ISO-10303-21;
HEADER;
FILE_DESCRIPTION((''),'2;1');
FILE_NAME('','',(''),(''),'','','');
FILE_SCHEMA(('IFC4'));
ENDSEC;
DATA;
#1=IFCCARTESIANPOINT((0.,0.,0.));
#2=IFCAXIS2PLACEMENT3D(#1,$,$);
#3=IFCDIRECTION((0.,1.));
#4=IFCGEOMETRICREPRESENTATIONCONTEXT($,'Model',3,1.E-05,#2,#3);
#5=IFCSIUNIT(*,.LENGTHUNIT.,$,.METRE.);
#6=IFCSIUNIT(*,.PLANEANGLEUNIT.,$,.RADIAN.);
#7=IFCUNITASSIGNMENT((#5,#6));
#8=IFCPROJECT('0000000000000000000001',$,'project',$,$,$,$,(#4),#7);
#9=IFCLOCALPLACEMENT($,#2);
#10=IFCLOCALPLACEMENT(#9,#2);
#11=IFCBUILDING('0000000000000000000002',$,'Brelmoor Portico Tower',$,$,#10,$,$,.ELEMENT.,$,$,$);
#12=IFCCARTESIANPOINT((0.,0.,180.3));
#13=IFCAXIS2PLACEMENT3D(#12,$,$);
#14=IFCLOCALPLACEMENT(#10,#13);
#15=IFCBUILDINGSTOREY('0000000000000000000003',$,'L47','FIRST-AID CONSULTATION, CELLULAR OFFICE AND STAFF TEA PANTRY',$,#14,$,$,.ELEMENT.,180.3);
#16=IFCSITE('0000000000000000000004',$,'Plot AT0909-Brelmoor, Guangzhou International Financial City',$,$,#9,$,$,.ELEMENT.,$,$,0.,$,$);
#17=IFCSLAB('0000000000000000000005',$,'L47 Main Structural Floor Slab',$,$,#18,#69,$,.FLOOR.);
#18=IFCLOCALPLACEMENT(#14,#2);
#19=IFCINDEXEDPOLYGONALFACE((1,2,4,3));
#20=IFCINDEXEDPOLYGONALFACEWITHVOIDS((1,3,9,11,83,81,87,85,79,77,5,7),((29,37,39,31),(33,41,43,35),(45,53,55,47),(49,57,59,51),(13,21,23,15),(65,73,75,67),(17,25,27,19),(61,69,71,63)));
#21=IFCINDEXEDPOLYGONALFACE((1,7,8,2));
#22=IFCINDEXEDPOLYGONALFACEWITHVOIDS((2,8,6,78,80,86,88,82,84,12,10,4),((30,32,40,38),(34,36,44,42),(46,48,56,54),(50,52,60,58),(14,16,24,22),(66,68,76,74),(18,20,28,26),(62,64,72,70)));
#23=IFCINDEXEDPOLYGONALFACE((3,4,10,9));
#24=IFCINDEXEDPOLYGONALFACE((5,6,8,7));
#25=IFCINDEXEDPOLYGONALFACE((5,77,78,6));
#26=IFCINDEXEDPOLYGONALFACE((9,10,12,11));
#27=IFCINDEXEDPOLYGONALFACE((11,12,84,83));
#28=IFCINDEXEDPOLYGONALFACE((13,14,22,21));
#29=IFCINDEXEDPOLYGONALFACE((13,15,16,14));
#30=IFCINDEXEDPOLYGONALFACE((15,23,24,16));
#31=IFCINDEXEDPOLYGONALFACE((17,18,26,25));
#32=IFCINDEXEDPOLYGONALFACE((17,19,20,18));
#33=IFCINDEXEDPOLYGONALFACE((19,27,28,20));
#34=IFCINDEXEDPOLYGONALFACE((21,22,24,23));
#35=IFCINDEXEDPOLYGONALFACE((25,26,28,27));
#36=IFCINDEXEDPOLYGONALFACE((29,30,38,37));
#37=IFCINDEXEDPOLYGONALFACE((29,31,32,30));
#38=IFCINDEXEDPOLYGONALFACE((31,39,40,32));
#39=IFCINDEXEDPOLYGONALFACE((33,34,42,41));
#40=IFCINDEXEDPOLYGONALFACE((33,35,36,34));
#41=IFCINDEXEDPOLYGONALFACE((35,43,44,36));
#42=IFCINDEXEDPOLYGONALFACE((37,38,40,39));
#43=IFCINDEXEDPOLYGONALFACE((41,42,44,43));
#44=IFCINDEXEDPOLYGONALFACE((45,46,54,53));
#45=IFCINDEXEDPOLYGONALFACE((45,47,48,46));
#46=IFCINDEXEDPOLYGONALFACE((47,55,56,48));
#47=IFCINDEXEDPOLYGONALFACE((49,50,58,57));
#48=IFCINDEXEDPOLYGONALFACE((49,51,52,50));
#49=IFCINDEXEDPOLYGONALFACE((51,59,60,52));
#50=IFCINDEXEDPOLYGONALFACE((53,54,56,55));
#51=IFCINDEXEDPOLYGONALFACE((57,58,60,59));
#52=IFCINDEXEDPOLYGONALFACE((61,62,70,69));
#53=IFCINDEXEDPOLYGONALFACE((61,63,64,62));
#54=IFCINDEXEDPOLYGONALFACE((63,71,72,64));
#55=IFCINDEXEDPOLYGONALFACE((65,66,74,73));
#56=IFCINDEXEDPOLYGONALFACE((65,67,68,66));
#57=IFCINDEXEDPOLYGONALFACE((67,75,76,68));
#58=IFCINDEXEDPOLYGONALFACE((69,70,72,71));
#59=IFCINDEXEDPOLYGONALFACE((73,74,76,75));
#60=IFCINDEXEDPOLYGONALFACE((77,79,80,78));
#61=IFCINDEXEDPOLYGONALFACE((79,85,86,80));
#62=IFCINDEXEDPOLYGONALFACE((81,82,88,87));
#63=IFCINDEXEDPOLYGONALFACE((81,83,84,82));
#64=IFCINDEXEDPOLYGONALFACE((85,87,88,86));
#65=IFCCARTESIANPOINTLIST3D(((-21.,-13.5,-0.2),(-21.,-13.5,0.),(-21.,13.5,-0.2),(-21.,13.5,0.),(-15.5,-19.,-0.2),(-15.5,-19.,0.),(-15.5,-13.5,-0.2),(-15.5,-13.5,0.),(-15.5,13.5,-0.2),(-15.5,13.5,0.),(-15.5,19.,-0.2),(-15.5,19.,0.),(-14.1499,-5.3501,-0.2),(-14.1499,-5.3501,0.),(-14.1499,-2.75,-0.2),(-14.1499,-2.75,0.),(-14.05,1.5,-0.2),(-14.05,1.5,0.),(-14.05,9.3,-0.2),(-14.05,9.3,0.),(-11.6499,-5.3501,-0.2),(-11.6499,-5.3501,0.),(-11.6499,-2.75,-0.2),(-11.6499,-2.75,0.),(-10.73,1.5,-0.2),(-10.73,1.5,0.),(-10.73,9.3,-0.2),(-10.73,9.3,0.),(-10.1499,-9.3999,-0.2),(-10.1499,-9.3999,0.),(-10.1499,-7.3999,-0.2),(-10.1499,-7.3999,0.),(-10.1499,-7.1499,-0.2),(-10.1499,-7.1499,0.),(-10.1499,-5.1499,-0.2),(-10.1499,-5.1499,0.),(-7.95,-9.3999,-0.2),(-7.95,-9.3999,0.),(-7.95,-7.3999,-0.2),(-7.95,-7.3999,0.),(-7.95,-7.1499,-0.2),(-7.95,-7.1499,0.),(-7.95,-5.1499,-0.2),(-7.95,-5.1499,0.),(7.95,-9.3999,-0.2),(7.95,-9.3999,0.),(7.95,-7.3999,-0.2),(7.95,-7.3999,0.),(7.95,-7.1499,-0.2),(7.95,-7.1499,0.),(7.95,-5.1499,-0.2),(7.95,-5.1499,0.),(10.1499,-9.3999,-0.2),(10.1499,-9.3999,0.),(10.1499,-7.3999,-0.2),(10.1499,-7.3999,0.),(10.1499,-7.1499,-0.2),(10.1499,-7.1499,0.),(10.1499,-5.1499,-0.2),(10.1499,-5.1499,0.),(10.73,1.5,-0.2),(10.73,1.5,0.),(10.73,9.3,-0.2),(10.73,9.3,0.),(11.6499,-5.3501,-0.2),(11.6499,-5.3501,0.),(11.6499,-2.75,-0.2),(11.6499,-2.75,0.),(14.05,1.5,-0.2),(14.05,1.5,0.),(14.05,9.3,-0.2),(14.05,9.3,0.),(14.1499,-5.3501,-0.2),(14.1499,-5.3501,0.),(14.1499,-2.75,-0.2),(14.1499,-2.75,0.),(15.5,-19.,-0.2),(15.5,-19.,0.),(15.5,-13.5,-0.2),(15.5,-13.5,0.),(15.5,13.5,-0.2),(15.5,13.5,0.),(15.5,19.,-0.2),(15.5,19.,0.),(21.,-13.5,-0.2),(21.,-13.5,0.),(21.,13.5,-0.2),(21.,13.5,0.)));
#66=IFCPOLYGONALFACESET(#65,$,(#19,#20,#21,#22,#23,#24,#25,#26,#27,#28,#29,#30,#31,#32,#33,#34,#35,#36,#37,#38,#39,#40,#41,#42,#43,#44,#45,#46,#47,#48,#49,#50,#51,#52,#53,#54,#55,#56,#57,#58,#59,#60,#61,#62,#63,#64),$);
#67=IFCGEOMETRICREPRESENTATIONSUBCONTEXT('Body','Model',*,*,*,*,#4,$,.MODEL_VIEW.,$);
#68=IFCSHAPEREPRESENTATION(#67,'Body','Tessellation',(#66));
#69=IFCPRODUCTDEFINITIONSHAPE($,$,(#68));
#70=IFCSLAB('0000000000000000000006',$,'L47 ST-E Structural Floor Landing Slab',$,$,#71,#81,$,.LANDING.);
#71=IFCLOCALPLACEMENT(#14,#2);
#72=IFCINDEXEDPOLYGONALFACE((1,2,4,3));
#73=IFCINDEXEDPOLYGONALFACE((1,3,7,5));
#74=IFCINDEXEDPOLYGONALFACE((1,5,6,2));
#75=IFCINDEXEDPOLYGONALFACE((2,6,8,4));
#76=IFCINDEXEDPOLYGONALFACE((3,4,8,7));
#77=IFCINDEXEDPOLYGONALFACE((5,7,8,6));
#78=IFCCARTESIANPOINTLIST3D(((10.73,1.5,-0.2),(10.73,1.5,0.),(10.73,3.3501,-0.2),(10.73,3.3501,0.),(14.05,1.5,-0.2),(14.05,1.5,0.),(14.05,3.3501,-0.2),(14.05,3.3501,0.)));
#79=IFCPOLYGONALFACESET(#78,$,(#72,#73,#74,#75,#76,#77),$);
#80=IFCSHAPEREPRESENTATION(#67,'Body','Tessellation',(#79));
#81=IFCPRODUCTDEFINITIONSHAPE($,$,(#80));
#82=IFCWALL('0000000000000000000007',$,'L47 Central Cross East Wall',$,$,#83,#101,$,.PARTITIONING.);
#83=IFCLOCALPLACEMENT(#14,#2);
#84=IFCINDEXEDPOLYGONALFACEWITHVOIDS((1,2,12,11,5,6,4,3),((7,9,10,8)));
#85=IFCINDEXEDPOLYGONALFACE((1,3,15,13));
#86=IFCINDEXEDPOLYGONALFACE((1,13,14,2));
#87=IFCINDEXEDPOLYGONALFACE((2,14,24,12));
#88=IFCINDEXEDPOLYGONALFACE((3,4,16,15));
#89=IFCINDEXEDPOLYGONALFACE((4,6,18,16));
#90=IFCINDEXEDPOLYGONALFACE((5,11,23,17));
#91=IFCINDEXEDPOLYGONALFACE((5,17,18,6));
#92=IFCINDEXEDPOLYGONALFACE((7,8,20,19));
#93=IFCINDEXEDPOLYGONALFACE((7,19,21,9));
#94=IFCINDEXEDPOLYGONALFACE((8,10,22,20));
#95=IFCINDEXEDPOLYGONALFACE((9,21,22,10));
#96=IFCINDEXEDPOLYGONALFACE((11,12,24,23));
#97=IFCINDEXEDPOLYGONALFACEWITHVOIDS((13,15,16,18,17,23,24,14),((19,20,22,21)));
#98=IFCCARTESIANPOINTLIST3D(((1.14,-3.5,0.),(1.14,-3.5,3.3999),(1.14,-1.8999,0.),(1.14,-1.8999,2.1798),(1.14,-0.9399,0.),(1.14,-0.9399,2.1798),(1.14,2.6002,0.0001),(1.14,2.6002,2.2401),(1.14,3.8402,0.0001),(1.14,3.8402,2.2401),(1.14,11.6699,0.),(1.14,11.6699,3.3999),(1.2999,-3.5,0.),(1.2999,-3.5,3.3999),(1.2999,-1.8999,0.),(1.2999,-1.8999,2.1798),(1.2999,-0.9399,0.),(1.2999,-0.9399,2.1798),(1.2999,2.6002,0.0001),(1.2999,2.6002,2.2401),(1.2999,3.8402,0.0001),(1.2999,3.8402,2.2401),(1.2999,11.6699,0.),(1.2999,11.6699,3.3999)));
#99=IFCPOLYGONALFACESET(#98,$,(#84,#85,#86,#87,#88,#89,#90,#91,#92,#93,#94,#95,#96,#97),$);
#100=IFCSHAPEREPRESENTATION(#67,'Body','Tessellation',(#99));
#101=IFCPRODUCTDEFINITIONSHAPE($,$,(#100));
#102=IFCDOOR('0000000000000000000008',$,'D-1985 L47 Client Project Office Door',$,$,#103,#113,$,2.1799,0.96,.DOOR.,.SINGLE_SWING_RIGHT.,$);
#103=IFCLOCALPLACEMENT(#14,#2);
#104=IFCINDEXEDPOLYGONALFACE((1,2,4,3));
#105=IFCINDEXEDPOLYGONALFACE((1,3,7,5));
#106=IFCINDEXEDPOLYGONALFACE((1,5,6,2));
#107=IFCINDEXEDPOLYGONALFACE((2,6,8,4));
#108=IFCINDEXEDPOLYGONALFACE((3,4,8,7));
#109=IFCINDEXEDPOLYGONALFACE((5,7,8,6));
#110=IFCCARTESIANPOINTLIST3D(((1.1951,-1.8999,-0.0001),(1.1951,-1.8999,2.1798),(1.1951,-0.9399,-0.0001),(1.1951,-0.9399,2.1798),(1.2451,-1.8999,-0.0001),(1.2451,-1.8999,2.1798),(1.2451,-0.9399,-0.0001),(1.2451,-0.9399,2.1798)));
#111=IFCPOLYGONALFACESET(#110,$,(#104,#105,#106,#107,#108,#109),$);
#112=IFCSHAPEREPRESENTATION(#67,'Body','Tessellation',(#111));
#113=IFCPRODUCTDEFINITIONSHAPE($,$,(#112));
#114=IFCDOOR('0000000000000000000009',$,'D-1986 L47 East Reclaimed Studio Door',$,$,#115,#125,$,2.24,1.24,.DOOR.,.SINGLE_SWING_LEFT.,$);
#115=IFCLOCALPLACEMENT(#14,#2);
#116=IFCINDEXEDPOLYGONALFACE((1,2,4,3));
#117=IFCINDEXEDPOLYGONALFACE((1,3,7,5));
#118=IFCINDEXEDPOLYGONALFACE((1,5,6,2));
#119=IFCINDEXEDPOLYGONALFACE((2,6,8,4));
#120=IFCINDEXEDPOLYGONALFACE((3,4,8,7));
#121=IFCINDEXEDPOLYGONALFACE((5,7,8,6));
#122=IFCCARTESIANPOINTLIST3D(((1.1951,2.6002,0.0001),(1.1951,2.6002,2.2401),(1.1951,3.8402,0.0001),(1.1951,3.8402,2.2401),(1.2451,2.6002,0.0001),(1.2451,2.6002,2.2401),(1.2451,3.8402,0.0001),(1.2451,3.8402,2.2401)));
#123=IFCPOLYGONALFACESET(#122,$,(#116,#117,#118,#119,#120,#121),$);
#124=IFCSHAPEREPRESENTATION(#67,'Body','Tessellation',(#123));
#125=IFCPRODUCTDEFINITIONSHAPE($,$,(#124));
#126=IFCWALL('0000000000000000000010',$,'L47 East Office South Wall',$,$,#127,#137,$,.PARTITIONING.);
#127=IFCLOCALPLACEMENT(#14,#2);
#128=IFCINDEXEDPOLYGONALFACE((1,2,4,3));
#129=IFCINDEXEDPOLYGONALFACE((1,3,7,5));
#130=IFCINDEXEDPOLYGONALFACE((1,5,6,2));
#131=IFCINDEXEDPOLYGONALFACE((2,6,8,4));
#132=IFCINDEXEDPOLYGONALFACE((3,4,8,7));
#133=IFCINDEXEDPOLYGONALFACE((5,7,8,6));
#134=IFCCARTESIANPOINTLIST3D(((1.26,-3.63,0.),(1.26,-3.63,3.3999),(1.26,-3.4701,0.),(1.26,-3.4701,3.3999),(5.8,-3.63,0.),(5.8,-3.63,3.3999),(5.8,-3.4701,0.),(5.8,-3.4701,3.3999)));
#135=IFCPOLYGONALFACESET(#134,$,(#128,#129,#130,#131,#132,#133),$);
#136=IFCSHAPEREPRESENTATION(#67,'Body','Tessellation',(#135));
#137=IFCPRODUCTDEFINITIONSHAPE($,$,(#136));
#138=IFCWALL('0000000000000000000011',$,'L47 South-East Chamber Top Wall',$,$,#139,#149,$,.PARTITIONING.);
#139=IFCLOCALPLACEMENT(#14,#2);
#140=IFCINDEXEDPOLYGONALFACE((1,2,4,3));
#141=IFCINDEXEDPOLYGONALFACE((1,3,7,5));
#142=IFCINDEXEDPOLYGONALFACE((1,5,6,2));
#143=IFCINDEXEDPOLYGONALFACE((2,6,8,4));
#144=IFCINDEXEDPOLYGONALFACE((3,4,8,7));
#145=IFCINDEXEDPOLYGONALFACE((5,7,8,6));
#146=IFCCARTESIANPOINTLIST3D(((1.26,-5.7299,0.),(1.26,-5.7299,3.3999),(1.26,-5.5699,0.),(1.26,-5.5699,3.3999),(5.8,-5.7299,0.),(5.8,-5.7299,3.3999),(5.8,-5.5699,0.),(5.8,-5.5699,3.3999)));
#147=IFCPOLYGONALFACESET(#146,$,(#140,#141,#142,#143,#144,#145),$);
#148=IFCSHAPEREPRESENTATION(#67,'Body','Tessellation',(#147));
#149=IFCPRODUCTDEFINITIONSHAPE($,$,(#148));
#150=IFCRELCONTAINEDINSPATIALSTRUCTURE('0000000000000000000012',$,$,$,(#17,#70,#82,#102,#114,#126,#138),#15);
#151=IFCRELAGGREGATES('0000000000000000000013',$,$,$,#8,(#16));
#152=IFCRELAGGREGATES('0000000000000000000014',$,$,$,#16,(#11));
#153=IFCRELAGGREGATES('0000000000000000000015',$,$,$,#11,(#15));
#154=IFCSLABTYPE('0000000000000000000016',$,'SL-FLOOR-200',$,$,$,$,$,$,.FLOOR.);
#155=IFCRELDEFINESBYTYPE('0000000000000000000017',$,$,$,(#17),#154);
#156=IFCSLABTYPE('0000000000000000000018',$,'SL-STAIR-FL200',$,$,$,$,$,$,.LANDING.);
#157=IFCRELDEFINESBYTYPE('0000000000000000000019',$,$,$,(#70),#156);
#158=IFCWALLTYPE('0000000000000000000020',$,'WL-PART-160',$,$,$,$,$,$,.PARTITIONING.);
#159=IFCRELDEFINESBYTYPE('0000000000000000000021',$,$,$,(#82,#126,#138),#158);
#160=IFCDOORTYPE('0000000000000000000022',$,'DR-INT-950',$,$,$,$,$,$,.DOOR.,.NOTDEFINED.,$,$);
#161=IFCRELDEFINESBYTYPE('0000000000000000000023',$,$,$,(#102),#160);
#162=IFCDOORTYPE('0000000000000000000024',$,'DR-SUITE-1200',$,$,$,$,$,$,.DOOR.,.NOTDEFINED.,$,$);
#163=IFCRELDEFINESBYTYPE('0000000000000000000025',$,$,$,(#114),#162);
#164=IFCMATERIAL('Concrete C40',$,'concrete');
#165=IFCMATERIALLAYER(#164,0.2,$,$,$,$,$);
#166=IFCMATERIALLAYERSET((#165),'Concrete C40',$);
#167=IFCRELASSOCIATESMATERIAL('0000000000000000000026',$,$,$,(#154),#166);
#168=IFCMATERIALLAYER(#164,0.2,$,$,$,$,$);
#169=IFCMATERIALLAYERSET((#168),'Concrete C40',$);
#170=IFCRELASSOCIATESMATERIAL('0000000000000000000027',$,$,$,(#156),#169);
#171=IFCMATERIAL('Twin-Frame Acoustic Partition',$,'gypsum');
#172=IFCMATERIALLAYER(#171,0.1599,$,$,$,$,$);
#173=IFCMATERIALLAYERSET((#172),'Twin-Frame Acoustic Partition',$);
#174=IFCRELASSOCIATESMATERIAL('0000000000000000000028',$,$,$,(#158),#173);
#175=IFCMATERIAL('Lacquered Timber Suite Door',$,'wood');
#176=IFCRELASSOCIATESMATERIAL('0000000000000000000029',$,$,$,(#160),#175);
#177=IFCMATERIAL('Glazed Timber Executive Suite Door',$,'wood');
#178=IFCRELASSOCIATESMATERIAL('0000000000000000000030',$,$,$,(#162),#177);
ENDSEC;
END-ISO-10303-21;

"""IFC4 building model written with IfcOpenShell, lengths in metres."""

from ifc_helpers import new_model, si_unit, direction, frame, frame_2d, origin, place, context, subcontext, project, spatial, polyline, rectangle, outline, extrude, material, layer, layer_set, type_object, element, fill, save


model = new_model("IFC4")

# Units and contexts
model_context = context("Model", 3, precision=1e-05, world=origin(), true_north=direction((0.0, 1.0)))
body_context = subcontext(model_context, "Body", "Model", "MODEL_VIEW")
ifc_project = project(units=[si_unit("LENGTHUNIT", "METRE"), si_unit("PLANEANGLEUNIT", "RADIAN")], contexts=[model_context])

# Site, building, storey
site_placement = place(None, origin())
site = spatial("IfcSite", under=ifc_project, at=site_placement, Name="Plot AT0909-Brelmoor, Guangzhou International Financial City", CompositionType="ELEMENT", RefElevation=0.0)
building_placement = place(site_placement, origin())
building = spatial("IfcBuilding", under=site, at=building_placement, Name="Brelmoor Portico Tower", CompositionType="ELEMENT")
storey_placement = place(building_placement, frame((0.0, 0.0, 180.3)))
storey = spatial("IfcBuildingStorey", under=building, at=storey_placement, Name="L47", Description="FIRST-AID CONSULTATION, CELLULAR OFFICE AND STAFF TEA PANTRY", CompositionType="ELEMENT", Elevation=180.3)

# Slabs
ifc_material_1 = material(Name="Concrete C40", Category="concrete")
ifc_layer_1 = layer(ifc_material_1, 0.2)
ifc_layer_set_1 = layer_set([ifc_layer_1], Name="Concrete C40")
slab_type_1 = type_object("IfcSlabType", Name="SL-FLOOR-200", PredefinedType="FLOOR", material=ifc_layer_set_1)
slab_1_placement = place(storey_placement, frame((0.0, 0.0, -0.2)))
element("IfcSlab", 1, at=slab_1_placement, inside=storey, type_object=slab_type_1, Name="L47 Main Structural Floor Slab", PredefinedType="FLOOR", context=body_context, shape_type="SweptSolid", body=[
    extrude(outline(polyline([(-15.5, -19.0), (15.5, -19.0), (15.5, -13.5), (21.0, -13.5), (21.0, 13.5), (15.5, 13.5), (15.5, 19.0), (-15.5, 19.0), (-15.5, 13.5), (-21.0, 13.5), (-21.0, -13.5), (-15.5, -13.5), (-15.5, -19.0)]), holes=[polyline([(-10.73, 1.5), (-10.73, 9.3), (-14.05, 9.3), (-14.05, 1.5), (-10.73, 1.5)]), polyline([(14.05, 1.5), (14.05, 9.3), (10.73, 9.3), (10.73, 1.5), (14.05, 1.5)]), polyline([(-10.1499, -9.3999), (-7.95, -9.3999), (-7.95, -7.3999), (-10.1499, -7.3999), (-10.1499, -9.3999)]), polyline([(-10.1499, -7.1499), (-7.95, -7.1499), (-7.95, -5.1499), (-10.1499, -5.1499), (-10.1499, -7.1499)]), polyline([(7.95, -9.3999), (10.1499, -9.3999), (10.1499, -7.3999), (7.95, -7.3999), (7.95, -9.3999)]), polyline([(7.95, -7.1499), (10.1499, -7.1499), (10.1499, -5.1499), (7.95, -5.1499), (7.95, -7.1499)]), polyline([(-14.1499, -5.3501), (-11.6499, -5.3501), (-11.6499, -2.75), (-14.1499, -2.75), (-14.1499, -5.3501)]), polyline([(11.6499, -5.3501), (14.1499, -5.3501), (14.1499, -2.75), (11.6499, -2.75), (11.6499, -5.3501)])]), origin(), (0.0, 0.0, 1.0), 0.2),
])
ifc_layer_2 = layer(ifc_material_1, 0.2)
ifc_layer_set_2 = layer_set([ifc_layer_2], Name="Concrete C40")
slab_type_2 = type_object("IfcSlabType", Name="SL-STAIR-FL200", PredefinedType="LANDING", material=ifc_layer_set_2)
slab_2_placement = place(storey_placement, frame((0.0, 0.0, -0.2)))
element("IfcSlab", 2, at=slab_2_placement, inside=storey, type_object=slab_type_2, Name="L47 ST-E Structural Floor Landing Slab", PredefinedType="LANDING", context=body_context, shape_type="SweptSolid", body=[
    extrude(outline(polyline([(14.05, 1.5), (14.05, 3.3501), (10.73, 3.3501), (10.73, 1.5), (14.05, 1.5)])), origin(), (0.0, 0.0, 1.0), 0.2),
])

# Wall, openings, doors
ifc_material_2 = material(Name="Twin-Frame Acoustic Partition", Category="gypsum")
ifc_layer_3 = layer(ifc_material_2, 0.1599)
ifc_layer_set_3 = layer_set([ifc_layer_3], Name="Twin-Frame Acoustic Partition")
wall_type_1 = type_object("IfcWallType", Name="WL-PART-160", PredefinedType="PARTITIONING", material=ifc_layer_set_3)
wall_1_placement = place(storey_placement, frame((1.22, -3.5, 0.0), z_axis=(0.0, 0.0, 1.0), x_axis=(0.0, 1.0, 0.0)))
wall_1 = element("IfcWall", 3, at=wall_1_placement, inside=storey, type_object=wall_type_1, Name="L47 Central Cross East Wall", PredefinedType="PARTITIONING", context=body_context, shape_type="SweptSolid", body=[
    extrude(rectangle(XDim=15.1699, YDim=0.1599, at=frame_2d((7.585, 0.0))), origin(), (0.0, 0.0, 1.0), 3.3999),
])
opening_1_placement = place(wall_1_placement, frame((6.1001, 0.0, 0.0)))
opening_1 = element("IfcOpeningElement", 4, at=opening_1_placement, cuts=wall_1, PredefinedType="OPENING", context=body_context, shape_type="SweptSolid", body=[
    extrude(rectangle(XDim=1.24, YDim=2.24, at=frame_2d((0.6201, 1.1201))), frame((0.0, 0.0898, 0.0), z_axis=(0.0, -1.0, 0.0), x_axis=(1.0, 0.0, 0.0)), (0.0, 0.0, 1.0), 0.1799),
])
opening_2_placement = place(wall_1_placement, frame((1.6001, 0.0, 0.0)))
opening_2 = element("IfcOpeningElement", 5, at=opening_2_placement, cuts=wall_1, PredefinedType="OPENING", context=body_context, shape_type="SweptSolid", body=[
    extrude(rectangle(XDim=0.96, YDim=2.1799, at=frame_2d((0.48, 1.0898))), frame((0.0, 0.0898, 0.0), z_axis=(0.0, -1.0, 0.0), x_axis=(1.0, 0.0, 0.0)), (0.0, 0.0, 1.0), 0.1799),
])
ifc_material_3 = material(Name="Lacquered Timber Suite Door", Category="wood")
door_type_1 = type_object("IfcDoorType", Name="DR-INT-950", OperationType="NOTDEFINED", PredefinedType="DOOR", material=ifc_material_3)
door_1_placement = place(opening_2_placement, origin())
door_1 = element("IfcDoor", 6, at=door_1_placement, inside=storey, type_object=door_type_1, Name="D-1985 L47 Client Project Office Door", OperationType="SINGLE_SWING_RIGHT", OverallHeight=2.1799, OverallWidth=0.96, PredefinedType="DOOR", context=body_context, shape_type="SweptSolid", body=[
    extrude(rectangle(XDim=0.96, YDim=2.1799, at=frame_2d((0.48, 1.0898))), frame((0.0, 0.0249, 0.0), z_axis=(0.0, -1.0, 0.0), x_axis=(1.0, 0.0, 0.0)), (0.0, 0.0, 1.0), 0.05),
])
fill(opening_2, door_1)
ifc_material_4 = material(Name="Glazed Timber Executive Suite Door", Category="wood")
door_type_2 = type_object("IfcDoorType", Name="DR-SUITE-1200", OperationType="NOTDEFINED", PredefinedType="DOOR", material=ifc_material_4)
door_2_placement = place(opening_1_placement, origin())
door_2 = element("IfcDoor", 7, at=door_2_placement, inside=storey, type_object=door_type_2, Name="D-1986 L47 East Reclaimed Studio Door", OperationType="SINGLE_SWING_LEFT", OverallHeight=2.24, OverallWidth=1.24, PredefinedType="DOOR", context=body_context, shape_type="SweptSolid", body=[
    extrude(rectangle(XDim=1.24, YDim=2.24, at=frame_2d((0.6201, 1.1201))), frame((0.0, 0.0249, 0.0), z_axis=(0.0, -1.0, 0.0), x_axis=(1.0, 0.0, 0.0)), (0.0, 0.0, 1.0), 0.05),
])
fill(opening_1, door_2)

# Walls
for number, where, z_axis, x_axis, name in (
    (8, (1.26, -3.55, 0.0), (0.0, 0.0, 1.0), (1.0, 0.0, 0.0), "L47 East Office South Wall"),
    (9, (1.26, -5.6499, 0.0), (0.0, 0.0, 1.0), (1.0, 0.0, 0.0), "L47 South-East Chamber Top Wall"),
):
    element("IfcWall", number, at=place(storey_placement, frame(where, z_axis=z_axis, x_axis=x_axis)), inside=storey, type_object=wall_type_1, Name=name, PredefinedType="PARTITIONING", context=body_context, shape_type="SweptSolid", body=[
        extrude(rectangle(XDim=4.54, YDim=0.1599, at=frame_2d((2.27, 0.0))), origin(), (0.0, 0.0, 1.0), 3.3999),
    ])

save(model, "model.ifc")
